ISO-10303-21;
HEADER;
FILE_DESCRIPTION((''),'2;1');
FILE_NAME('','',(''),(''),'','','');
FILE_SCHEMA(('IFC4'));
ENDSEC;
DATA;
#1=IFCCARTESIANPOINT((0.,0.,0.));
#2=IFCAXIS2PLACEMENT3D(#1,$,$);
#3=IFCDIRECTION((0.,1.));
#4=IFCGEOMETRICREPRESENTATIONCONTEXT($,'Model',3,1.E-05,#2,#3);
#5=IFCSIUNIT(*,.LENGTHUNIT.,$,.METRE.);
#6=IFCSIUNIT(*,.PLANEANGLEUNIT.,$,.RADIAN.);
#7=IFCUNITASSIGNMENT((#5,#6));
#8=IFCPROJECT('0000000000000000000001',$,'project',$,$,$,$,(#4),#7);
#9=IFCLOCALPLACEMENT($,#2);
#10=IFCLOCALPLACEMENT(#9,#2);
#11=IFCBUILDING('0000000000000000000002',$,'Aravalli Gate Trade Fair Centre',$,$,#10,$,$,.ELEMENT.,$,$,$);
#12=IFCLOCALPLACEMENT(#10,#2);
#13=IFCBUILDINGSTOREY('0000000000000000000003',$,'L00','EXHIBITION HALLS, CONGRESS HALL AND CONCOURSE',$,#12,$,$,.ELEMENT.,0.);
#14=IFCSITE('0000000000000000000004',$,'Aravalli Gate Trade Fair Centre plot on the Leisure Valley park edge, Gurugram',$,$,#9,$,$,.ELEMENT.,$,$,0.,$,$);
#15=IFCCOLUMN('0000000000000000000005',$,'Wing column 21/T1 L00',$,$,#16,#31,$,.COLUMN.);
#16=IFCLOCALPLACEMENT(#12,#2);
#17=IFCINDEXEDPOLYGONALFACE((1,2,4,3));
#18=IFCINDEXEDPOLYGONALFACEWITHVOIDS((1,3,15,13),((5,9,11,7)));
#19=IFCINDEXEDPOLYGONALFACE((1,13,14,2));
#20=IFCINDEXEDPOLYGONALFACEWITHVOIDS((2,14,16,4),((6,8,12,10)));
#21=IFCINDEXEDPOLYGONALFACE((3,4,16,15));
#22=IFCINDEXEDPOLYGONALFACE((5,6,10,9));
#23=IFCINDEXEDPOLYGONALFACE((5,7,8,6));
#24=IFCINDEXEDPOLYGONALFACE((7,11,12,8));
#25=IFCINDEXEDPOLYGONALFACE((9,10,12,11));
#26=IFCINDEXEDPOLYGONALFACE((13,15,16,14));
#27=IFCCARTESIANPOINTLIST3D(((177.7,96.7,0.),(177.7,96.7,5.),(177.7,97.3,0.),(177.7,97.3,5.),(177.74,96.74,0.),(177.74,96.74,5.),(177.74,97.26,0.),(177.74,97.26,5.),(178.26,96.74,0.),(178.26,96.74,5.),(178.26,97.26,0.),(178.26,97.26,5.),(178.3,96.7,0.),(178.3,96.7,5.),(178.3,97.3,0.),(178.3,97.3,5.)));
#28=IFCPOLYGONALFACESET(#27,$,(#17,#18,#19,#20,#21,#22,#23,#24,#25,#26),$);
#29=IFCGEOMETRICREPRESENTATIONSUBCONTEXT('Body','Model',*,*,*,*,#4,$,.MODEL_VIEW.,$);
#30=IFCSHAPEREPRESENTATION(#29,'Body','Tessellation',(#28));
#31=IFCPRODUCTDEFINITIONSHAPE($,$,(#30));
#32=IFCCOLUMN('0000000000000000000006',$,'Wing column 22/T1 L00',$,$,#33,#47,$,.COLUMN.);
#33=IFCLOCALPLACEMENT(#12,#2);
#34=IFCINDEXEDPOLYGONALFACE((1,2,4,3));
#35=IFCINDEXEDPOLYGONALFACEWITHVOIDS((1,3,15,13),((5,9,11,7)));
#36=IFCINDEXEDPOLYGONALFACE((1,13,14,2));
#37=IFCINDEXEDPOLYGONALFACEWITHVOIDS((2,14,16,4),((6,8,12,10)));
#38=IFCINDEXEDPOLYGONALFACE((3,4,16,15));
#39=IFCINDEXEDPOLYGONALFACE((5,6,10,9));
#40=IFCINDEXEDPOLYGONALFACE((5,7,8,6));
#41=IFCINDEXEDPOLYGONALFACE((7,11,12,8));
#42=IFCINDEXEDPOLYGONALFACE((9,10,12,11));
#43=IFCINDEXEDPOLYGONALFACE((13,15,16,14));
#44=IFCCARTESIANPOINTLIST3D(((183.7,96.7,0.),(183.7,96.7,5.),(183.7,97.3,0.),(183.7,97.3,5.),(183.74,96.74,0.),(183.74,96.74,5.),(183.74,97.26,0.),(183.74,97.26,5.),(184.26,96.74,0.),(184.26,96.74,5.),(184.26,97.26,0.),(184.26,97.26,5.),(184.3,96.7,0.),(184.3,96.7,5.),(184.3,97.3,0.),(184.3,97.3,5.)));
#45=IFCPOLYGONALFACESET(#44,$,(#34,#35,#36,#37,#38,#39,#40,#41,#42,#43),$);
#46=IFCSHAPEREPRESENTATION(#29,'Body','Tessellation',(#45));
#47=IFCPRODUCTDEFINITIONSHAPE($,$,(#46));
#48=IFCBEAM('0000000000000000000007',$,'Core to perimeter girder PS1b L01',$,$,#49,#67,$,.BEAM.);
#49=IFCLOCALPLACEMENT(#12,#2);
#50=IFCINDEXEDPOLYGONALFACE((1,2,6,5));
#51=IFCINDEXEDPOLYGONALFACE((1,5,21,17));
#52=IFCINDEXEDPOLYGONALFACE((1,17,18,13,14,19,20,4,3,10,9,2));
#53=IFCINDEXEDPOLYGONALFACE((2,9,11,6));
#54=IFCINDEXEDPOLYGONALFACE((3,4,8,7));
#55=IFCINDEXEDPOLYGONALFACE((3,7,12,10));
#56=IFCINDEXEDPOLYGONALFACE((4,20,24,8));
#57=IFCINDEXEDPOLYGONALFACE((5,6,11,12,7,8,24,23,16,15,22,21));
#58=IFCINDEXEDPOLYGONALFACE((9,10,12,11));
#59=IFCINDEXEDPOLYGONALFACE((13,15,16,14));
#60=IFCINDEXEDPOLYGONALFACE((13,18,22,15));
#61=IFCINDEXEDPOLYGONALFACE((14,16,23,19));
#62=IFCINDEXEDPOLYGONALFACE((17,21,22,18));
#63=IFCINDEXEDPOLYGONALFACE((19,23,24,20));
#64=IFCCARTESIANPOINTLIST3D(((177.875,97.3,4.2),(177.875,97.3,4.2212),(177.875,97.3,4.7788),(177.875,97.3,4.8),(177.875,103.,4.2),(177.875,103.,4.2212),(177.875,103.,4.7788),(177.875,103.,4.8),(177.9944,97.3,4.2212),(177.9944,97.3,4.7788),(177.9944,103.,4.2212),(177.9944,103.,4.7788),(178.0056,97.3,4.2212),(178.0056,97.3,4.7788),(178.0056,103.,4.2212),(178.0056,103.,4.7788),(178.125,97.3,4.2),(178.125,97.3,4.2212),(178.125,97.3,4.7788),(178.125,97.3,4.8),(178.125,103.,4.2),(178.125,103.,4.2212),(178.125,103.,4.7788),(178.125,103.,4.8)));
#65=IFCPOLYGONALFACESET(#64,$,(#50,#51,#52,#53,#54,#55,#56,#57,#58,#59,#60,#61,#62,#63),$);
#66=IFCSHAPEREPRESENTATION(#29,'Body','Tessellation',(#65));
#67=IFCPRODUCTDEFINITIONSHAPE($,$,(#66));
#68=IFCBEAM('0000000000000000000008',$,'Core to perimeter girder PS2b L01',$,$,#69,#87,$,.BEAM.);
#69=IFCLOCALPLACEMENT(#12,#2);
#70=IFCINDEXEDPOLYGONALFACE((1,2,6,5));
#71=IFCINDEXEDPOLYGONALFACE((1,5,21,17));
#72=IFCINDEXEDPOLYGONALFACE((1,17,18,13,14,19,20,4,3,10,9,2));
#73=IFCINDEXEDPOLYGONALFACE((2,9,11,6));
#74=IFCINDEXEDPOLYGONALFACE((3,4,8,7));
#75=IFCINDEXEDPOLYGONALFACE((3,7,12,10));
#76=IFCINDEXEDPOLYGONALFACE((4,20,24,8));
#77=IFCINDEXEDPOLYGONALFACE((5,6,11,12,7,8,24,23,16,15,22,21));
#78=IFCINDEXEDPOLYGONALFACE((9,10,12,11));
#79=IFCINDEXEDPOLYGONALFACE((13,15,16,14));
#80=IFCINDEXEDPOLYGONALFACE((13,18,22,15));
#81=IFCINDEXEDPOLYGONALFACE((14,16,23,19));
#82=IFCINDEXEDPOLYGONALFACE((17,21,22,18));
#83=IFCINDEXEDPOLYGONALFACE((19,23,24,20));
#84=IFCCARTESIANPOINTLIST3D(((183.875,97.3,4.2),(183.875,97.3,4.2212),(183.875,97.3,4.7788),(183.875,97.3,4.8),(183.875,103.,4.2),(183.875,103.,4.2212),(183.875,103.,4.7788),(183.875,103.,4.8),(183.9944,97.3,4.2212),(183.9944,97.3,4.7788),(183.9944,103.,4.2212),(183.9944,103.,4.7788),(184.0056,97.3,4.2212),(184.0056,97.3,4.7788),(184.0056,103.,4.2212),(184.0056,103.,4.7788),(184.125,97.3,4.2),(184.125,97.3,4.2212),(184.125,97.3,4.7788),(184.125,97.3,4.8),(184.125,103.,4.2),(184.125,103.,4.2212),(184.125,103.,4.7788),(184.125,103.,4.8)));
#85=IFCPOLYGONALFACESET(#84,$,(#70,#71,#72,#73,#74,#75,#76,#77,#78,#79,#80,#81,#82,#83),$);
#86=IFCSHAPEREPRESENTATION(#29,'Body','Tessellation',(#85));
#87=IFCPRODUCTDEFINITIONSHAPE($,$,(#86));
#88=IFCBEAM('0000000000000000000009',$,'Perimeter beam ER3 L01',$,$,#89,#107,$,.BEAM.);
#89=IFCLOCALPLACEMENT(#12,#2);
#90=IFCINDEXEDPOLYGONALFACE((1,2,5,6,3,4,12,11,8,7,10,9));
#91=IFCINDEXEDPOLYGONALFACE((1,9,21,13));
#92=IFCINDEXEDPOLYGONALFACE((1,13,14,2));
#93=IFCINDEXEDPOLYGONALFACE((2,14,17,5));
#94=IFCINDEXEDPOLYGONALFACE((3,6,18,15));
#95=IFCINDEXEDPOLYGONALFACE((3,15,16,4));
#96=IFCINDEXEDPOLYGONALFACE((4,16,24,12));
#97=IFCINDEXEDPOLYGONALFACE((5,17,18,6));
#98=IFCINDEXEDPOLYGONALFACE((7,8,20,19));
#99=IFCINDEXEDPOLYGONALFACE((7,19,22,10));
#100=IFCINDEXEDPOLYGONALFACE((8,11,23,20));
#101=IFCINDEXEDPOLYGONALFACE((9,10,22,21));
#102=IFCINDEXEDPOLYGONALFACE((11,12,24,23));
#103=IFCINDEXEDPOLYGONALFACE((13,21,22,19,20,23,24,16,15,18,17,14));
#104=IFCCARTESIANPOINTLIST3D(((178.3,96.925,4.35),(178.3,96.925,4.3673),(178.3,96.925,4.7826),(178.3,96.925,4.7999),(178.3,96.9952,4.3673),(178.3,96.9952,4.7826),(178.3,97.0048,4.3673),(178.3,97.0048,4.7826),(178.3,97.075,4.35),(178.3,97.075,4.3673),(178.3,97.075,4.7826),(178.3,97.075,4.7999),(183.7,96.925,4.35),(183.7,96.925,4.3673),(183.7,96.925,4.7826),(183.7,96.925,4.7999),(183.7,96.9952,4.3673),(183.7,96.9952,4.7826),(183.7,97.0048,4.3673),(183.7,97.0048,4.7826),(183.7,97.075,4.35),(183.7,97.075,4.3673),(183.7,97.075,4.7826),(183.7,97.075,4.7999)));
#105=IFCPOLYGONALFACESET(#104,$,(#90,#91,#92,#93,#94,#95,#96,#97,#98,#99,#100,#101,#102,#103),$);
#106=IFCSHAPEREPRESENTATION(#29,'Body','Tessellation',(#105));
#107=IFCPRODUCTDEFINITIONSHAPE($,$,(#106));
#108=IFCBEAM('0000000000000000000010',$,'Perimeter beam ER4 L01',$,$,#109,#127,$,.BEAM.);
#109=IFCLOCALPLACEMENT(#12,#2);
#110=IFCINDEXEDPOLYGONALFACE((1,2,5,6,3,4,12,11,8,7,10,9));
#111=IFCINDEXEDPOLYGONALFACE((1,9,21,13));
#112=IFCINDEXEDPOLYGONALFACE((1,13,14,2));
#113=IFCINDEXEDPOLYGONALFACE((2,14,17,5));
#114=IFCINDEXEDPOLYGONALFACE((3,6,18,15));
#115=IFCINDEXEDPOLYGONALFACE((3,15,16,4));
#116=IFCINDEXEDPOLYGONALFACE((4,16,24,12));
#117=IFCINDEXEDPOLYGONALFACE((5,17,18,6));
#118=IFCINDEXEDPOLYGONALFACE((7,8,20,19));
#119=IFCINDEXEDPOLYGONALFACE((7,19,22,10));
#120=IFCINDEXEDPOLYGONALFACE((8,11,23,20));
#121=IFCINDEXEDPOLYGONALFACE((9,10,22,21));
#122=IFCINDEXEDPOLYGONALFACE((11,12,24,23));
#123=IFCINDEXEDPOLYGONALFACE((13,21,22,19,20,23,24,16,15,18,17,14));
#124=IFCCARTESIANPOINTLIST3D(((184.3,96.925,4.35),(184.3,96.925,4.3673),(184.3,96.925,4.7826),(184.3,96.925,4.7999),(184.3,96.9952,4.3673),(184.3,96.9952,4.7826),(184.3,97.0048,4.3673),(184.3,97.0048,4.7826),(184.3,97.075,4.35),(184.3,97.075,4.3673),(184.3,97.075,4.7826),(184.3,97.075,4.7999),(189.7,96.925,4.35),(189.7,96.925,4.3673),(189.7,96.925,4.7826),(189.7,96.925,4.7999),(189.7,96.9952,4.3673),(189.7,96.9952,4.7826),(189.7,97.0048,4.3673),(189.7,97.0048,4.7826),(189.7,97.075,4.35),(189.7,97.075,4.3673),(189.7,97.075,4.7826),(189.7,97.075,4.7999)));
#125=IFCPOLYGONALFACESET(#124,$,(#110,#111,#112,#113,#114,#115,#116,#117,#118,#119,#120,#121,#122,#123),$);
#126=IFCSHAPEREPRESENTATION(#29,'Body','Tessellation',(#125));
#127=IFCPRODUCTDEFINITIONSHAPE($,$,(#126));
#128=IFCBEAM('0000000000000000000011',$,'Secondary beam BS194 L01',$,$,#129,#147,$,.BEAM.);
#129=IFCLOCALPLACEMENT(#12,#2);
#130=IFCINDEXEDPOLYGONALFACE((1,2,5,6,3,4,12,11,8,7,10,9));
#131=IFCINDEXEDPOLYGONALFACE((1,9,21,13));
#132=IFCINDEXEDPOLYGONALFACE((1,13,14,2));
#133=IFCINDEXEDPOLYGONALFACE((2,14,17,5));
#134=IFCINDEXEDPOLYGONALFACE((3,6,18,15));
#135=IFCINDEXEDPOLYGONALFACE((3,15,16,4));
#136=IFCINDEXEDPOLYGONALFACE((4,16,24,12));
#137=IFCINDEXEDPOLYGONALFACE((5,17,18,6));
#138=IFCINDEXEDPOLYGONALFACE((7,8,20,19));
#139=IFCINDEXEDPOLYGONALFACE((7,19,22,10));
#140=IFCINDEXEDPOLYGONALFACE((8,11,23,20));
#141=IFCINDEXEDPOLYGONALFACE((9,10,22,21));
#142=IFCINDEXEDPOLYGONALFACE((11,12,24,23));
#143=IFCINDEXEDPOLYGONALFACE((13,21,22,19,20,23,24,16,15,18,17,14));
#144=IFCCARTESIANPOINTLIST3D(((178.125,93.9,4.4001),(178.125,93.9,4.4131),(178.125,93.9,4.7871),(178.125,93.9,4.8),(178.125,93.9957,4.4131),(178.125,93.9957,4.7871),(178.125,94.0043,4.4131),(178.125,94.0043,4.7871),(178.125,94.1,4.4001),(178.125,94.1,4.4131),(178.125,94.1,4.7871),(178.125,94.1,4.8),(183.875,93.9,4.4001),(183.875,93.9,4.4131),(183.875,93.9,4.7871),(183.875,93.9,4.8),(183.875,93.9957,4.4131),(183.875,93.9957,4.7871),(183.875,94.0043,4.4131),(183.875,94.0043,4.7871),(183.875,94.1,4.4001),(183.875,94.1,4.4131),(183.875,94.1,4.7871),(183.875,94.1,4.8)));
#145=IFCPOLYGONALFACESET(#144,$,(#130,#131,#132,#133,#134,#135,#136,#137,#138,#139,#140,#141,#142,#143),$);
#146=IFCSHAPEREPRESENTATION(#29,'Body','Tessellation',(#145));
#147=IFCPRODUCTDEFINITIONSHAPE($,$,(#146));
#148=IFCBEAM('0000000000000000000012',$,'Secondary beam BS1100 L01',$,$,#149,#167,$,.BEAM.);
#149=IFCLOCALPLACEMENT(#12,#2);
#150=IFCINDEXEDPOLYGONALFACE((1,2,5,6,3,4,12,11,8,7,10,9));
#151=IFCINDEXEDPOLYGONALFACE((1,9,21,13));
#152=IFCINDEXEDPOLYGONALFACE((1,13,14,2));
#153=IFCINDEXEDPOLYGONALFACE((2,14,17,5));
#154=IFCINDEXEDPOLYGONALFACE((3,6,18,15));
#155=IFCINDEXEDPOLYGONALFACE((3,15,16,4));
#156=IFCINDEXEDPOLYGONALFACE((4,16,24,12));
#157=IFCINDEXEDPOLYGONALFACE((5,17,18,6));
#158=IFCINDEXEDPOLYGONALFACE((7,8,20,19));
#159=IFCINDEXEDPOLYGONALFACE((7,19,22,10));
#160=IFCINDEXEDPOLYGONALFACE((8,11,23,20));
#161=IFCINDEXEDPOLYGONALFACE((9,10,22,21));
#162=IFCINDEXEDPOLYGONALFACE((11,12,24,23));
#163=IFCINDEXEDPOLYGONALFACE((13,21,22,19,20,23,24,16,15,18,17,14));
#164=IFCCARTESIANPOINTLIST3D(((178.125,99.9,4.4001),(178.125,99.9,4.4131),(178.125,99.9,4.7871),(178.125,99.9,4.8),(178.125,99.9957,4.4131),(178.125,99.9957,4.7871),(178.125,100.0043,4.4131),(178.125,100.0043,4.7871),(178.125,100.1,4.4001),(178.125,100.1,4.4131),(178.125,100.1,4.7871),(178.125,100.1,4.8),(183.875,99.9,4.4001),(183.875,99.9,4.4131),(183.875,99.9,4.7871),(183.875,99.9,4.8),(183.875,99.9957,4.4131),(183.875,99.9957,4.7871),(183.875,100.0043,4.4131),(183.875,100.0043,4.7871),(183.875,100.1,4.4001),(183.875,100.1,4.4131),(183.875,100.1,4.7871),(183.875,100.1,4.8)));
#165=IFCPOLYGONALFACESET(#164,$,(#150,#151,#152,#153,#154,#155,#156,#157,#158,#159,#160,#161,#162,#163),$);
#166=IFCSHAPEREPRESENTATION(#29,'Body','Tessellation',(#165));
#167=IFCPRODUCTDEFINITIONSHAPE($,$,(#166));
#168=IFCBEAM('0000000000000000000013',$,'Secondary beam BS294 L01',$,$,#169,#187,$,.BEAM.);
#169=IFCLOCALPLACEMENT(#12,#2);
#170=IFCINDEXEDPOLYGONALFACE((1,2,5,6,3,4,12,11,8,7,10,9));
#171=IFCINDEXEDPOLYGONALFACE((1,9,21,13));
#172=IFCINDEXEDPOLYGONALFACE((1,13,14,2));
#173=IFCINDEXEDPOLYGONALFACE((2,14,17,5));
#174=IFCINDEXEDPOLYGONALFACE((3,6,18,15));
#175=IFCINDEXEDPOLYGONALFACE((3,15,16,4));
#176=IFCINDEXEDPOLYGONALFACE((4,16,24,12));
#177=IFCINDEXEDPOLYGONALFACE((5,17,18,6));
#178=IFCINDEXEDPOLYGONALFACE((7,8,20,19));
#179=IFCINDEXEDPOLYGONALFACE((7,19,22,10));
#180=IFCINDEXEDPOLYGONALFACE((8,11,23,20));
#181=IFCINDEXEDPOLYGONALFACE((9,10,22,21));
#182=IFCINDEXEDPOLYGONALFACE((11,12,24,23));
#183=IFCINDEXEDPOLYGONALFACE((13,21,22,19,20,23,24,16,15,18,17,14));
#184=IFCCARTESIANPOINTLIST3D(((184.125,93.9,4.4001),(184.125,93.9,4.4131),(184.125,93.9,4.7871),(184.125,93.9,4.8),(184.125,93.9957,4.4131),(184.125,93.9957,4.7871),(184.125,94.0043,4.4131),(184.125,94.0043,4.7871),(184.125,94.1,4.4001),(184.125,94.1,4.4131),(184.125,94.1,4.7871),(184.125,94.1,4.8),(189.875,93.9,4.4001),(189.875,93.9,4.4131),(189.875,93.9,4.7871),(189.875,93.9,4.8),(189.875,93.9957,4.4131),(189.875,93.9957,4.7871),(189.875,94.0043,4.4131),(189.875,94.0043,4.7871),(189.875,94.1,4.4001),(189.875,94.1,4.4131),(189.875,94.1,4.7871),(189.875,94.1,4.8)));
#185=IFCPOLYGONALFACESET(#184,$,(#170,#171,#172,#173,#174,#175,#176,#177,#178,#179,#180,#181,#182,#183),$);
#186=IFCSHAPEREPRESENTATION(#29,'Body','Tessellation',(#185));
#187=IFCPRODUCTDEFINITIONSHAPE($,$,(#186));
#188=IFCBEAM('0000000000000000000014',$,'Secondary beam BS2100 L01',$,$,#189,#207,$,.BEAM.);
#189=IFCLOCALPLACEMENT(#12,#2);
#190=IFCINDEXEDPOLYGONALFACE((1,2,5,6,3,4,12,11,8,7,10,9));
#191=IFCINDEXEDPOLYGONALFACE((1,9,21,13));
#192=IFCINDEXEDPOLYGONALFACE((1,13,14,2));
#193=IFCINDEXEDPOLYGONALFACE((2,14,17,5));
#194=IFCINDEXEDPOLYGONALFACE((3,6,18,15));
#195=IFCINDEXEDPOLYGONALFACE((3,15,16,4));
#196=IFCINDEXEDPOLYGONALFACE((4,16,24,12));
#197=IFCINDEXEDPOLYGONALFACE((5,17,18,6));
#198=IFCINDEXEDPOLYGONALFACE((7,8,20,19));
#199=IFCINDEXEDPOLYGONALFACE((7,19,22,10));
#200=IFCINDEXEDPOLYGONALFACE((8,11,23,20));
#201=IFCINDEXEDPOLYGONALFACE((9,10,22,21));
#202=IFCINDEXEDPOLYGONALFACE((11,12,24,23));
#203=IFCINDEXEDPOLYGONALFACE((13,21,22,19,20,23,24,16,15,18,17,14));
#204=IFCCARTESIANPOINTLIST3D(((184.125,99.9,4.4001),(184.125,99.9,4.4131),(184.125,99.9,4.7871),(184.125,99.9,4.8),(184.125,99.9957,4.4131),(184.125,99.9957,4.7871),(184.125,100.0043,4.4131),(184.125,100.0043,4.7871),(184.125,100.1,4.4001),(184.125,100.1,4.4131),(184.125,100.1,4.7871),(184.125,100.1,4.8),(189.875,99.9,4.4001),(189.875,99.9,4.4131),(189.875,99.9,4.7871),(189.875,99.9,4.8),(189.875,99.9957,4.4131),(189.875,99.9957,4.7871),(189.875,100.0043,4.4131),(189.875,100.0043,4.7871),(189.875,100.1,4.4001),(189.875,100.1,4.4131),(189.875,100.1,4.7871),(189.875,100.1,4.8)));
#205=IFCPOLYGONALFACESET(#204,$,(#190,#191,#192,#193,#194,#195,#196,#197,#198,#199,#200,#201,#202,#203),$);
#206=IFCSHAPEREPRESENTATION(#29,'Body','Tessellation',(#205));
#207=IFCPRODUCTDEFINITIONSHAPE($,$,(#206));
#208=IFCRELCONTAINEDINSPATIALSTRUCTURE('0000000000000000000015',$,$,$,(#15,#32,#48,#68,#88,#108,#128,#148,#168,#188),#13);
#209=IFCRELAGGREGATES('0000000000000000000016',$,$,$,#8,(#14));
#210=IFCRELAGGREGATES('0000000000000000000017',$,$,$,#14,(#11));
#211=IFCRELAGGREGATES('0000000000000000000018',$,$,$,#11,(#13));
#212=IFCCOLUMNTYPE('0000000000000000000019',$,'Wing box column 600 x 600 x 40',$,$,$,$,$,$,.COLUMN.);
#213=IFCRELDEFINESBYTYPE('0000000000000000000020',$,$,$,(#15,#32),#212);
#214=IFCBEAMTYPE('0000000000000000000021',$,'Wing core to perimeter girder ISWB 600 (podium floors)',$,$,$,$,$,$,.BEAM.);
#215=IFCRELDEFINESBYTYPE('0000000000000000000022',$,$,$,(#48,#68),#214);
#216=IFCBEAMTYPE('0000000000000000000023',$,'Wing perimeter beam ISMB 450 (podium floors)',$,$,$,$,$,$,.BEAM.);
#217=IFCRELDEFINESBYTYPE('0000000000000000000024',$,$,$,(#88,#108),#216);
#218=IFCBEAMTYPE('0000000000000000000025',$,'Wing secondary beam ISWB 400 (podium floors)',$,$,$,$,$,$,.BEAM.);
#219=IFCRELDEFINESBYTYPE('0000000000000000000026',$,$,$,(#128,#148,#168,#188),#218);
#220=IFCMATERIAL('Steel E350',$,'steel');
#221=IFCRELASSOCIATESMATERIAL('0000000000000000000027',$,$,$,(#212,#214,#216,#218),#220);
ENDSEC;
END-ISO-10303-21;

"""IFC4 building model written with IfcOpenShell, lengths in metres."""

from ifc_helpers import new_model, si_unit, direction, frame, origin, origin_2d, place, context, subcontext, project, spatial, hollow_rectangle, i_section, extrude, material, material_profile, profile_set, type_object, element, save


model = new_model("IFC4")

# Units and contexts
model_context = context("Model", 3, precision=1e-05, world=origin(), true_north=direction((0.0, 1.0)))
body_context = subcontext(model_context, "Body", "Model", "MODEL_VIEW")
ifc_project = project(units=[si_unit("LENGTHUNIT", "METRE"), si_unit("PLANEANGLEUNIT", "RADIAN")], contexts=[model_context])

# Site, building, storey
site_placement = place(None, origin())
site = spatial("IfcSite", under=ifc_project, at=site_placement, Name="Aravalli Gate Trade Fair Centre plot on the Leisure Valley park edge, Gurugram", CompositionType="ELEMENT", RefElevation=0.0)
building_placement = place(site_placement, origin())
building = spatial("IfcBuilding", under=site, at=building_placement, Name="Aravalli Gate Trade Fair Centre", CompositionType="ELEMENT")
storey_placement = place(building_placement, origin())
storey = spatial("IfcBuildingStorey", under=building, at=storey_placement, Name="L00", Description="EXHIBITION HALLS, CONGRESS HALL AND CONCOURSE", CompositionType="ELEMENT", Elevation=0.0)

# Columns
ifc_material_1 = material(Name="Steel E350", Category="steel")
ifc_material_profile_1 = material_profile(ifc_material_1, hollow_rectangle(XDim=0.6001, YDim=0.6001, WallThickness=0.04, at=origin_2d()), Name="BOX 600x600x40")
ifc_profile_set_1 = profile_set([ifc_material_profile_1], Name="Steel E350")
column_type = type_object("IfcColumnType", Name="Wing box column 600 x 600 x 40", PredefinedType="COLUMN", material=ifc_profile_set_1)
for number, where, z_axis, x_axis, name in (
    (1, (178.0, 97.0, 0.0), (0.0, 0.0, 1.0), (1.0, 0.0, 0.0), "Wing column 21/T1 L00"),
    (2, (184.0, 97.0, 0.0), (0.0, 0.0, 1.0), (1.0, 0.0, 0.0), "Wing column 22/T1 L00"),
):
    element("IfcColumn", number, at=place(storey_placement, frame(where, z_axis=z_axis, x_axis=x_axis)), inside=storey, type_object=column_type, Name=name, PredefinedType="COLUMN", context=body_context, shape_type="SweptSolid", body=[
        extrude(hollow_rectangle(XDim=0.6001, YDim=0.6001, WallThickness=0.04, at=origin_2d()), origin(), (0.0, 0.0, 1.0), 5.0),
    ])

# Beams
ifc_material_profile_2 = material_profile(ifc_material_1, i_section(OverallWidth=0.25, OverallDepth=0.6001, WebThickness=0.0112, FlangeThickness=0.0212, at=origin_2d()), Name="ISWB 600")
ifc_profile_set_2 = profile_set([ifc_material_profile_2], Name="Steel E350")
beam_type_1 = type_object("IfcBeamType", Name="Wing core to perimeter girder ISWB 600 (podium floors)", PredefinedType="BEAM", material=ifc_profile_set_2)
for number, where, z_axis, x_axis, name in (
    (3, (178.0, 97.3, 4.5), (0.0, 1.0, 0.0), (-1.0, 0.0, 0.0), "Core to perimeter girder PS1b L01"),
    (4, (184.0, 97.3, 4.5), (0.0, 1.0, 0.0), (-1.0, 0.0, 0.0), "Core to perimeter girder PS2b L01"),
):
    element("IfcBeam", number, at=place(storey_placement, frame(where, z_axis=z_axis, x_axis=x_axis)), inside=storey, type_object=beam_type_1, Name=name, PredefinedType="BEAM", context=body_context, shape_type="SweptSolid", body=[
        extrude(i_section(OverallWidth=0.25, OverallDepth=0.6001, WebThickness=0.0112, FlangeThickness=0.0212, at=origin_2d()), origin(), (0.0, 0.0, 1.0), 5.7),
    ])
ifc_material_profile_3 = material_profile(ifc_material_1, i_section(OverallWidth=0.1499, OverallDepth=0.45, WebThickness=0.0095, FlangeThickness=0.0173, at=origin_2d()), Name="ISMB 450")
ifc_profile_set_3 = profile_set([ifc_material_profile_3], Name="Steel E350")
beam_type_2 = type_object("IfcBeamType", Name="Wing perimeter beam ISMB 450 (podium floors)", PredefinedType="BEAM", material=ifc_profile_set_3)
for number, where, z_axis, x_axis, name in (
    (5, (178.3, 97.0, 4.575), (1.0, 0.0, 0.0), (0.0, 1.0, 0.0), "Perimeter beam ER3 L01"),
    (6, (184.3, 97.0, 4.575), (1.0, 0.0, 0.0), (0.0, 1.0, 0.0), "Perimeter beam ER4 L01"),
):
    element("IfcBeam", number, at=place(storey_placement, frame(where, z_axis=z_axis, x_axis=x_axis)), inside=storey, type_object=beam_type_2, Name=name, PredefinedType="BEAM", context=body_context, shape_type="SweptSolid", body=[
        extrude(i_section(OverallWidth=0.1499, OverallDepth=0.45, WebThickness=0.0095, FlangeThickness=0.0173, at=origin_2d()), origin(), (0.0, 0.0, 1.0), 5.3999),
    ])
ifc_material_profile_4 = material_profile(ifc_material_1, i_section(OverallWidth=0.2, OverallDepth=0.3999, WebThickness=0.0085, FlangeThickness=0.0129, at=origin_2d()), Name="ISWB 400")
ifc_profile_set_4 = profile_set([ifc_material_profile_4], Name="Steel E350")
beam_type_3 = type_object("IfcBeamType", Name="Wing secondary beam ISWB 400 (podium floors)", PredefinedType="BEAM", material=ifc_profile_set_4)
for number, where, z_axis, x_axis, name in (
    (7, (178.125, 94.0, 4.6001), (1.0, 0.0, 0.0), (0.0, 1.0, 0.0), "Secondary beam BS194 L01"),
    (8, (178.125, 100.0, 4.6001), (1.0, 0.0, 0.0), (0.0, 1.0, 0.0), "Secondary beam BS1100 L01"),
    (9, (184.125, 94.0, 4.6001), (1.0, 0.0, 0.0), (0.0, 1.0, 0.0), "Secondary beam BS294 L01"),
    (10, (184.125, 100.0, 4.6001), (1.0, 0.0, 0.0), (0.0, 1.0, 0.0), "Secondary beam BS2100 L01"),
):
    element("IfcBeam", number, at=place(storey_placement, frame(where, z_axis=z_axis, x_axis=x_axis)), inside=storey, type_object=beam_type_3, Name=name, PredefinedType="BEAM", context=body_context, shape_type="SweptSolid", body=[
        extrude(i_section(OverallWidth=0.2, OverallDepth=0.3999, WebThickness=0.0085, FlangeThickness=0.0129, at=origin_2d()), origin(), (0.0, 0.0, 1.0), 5.75),
    ])

save(model, "model.ifc")
